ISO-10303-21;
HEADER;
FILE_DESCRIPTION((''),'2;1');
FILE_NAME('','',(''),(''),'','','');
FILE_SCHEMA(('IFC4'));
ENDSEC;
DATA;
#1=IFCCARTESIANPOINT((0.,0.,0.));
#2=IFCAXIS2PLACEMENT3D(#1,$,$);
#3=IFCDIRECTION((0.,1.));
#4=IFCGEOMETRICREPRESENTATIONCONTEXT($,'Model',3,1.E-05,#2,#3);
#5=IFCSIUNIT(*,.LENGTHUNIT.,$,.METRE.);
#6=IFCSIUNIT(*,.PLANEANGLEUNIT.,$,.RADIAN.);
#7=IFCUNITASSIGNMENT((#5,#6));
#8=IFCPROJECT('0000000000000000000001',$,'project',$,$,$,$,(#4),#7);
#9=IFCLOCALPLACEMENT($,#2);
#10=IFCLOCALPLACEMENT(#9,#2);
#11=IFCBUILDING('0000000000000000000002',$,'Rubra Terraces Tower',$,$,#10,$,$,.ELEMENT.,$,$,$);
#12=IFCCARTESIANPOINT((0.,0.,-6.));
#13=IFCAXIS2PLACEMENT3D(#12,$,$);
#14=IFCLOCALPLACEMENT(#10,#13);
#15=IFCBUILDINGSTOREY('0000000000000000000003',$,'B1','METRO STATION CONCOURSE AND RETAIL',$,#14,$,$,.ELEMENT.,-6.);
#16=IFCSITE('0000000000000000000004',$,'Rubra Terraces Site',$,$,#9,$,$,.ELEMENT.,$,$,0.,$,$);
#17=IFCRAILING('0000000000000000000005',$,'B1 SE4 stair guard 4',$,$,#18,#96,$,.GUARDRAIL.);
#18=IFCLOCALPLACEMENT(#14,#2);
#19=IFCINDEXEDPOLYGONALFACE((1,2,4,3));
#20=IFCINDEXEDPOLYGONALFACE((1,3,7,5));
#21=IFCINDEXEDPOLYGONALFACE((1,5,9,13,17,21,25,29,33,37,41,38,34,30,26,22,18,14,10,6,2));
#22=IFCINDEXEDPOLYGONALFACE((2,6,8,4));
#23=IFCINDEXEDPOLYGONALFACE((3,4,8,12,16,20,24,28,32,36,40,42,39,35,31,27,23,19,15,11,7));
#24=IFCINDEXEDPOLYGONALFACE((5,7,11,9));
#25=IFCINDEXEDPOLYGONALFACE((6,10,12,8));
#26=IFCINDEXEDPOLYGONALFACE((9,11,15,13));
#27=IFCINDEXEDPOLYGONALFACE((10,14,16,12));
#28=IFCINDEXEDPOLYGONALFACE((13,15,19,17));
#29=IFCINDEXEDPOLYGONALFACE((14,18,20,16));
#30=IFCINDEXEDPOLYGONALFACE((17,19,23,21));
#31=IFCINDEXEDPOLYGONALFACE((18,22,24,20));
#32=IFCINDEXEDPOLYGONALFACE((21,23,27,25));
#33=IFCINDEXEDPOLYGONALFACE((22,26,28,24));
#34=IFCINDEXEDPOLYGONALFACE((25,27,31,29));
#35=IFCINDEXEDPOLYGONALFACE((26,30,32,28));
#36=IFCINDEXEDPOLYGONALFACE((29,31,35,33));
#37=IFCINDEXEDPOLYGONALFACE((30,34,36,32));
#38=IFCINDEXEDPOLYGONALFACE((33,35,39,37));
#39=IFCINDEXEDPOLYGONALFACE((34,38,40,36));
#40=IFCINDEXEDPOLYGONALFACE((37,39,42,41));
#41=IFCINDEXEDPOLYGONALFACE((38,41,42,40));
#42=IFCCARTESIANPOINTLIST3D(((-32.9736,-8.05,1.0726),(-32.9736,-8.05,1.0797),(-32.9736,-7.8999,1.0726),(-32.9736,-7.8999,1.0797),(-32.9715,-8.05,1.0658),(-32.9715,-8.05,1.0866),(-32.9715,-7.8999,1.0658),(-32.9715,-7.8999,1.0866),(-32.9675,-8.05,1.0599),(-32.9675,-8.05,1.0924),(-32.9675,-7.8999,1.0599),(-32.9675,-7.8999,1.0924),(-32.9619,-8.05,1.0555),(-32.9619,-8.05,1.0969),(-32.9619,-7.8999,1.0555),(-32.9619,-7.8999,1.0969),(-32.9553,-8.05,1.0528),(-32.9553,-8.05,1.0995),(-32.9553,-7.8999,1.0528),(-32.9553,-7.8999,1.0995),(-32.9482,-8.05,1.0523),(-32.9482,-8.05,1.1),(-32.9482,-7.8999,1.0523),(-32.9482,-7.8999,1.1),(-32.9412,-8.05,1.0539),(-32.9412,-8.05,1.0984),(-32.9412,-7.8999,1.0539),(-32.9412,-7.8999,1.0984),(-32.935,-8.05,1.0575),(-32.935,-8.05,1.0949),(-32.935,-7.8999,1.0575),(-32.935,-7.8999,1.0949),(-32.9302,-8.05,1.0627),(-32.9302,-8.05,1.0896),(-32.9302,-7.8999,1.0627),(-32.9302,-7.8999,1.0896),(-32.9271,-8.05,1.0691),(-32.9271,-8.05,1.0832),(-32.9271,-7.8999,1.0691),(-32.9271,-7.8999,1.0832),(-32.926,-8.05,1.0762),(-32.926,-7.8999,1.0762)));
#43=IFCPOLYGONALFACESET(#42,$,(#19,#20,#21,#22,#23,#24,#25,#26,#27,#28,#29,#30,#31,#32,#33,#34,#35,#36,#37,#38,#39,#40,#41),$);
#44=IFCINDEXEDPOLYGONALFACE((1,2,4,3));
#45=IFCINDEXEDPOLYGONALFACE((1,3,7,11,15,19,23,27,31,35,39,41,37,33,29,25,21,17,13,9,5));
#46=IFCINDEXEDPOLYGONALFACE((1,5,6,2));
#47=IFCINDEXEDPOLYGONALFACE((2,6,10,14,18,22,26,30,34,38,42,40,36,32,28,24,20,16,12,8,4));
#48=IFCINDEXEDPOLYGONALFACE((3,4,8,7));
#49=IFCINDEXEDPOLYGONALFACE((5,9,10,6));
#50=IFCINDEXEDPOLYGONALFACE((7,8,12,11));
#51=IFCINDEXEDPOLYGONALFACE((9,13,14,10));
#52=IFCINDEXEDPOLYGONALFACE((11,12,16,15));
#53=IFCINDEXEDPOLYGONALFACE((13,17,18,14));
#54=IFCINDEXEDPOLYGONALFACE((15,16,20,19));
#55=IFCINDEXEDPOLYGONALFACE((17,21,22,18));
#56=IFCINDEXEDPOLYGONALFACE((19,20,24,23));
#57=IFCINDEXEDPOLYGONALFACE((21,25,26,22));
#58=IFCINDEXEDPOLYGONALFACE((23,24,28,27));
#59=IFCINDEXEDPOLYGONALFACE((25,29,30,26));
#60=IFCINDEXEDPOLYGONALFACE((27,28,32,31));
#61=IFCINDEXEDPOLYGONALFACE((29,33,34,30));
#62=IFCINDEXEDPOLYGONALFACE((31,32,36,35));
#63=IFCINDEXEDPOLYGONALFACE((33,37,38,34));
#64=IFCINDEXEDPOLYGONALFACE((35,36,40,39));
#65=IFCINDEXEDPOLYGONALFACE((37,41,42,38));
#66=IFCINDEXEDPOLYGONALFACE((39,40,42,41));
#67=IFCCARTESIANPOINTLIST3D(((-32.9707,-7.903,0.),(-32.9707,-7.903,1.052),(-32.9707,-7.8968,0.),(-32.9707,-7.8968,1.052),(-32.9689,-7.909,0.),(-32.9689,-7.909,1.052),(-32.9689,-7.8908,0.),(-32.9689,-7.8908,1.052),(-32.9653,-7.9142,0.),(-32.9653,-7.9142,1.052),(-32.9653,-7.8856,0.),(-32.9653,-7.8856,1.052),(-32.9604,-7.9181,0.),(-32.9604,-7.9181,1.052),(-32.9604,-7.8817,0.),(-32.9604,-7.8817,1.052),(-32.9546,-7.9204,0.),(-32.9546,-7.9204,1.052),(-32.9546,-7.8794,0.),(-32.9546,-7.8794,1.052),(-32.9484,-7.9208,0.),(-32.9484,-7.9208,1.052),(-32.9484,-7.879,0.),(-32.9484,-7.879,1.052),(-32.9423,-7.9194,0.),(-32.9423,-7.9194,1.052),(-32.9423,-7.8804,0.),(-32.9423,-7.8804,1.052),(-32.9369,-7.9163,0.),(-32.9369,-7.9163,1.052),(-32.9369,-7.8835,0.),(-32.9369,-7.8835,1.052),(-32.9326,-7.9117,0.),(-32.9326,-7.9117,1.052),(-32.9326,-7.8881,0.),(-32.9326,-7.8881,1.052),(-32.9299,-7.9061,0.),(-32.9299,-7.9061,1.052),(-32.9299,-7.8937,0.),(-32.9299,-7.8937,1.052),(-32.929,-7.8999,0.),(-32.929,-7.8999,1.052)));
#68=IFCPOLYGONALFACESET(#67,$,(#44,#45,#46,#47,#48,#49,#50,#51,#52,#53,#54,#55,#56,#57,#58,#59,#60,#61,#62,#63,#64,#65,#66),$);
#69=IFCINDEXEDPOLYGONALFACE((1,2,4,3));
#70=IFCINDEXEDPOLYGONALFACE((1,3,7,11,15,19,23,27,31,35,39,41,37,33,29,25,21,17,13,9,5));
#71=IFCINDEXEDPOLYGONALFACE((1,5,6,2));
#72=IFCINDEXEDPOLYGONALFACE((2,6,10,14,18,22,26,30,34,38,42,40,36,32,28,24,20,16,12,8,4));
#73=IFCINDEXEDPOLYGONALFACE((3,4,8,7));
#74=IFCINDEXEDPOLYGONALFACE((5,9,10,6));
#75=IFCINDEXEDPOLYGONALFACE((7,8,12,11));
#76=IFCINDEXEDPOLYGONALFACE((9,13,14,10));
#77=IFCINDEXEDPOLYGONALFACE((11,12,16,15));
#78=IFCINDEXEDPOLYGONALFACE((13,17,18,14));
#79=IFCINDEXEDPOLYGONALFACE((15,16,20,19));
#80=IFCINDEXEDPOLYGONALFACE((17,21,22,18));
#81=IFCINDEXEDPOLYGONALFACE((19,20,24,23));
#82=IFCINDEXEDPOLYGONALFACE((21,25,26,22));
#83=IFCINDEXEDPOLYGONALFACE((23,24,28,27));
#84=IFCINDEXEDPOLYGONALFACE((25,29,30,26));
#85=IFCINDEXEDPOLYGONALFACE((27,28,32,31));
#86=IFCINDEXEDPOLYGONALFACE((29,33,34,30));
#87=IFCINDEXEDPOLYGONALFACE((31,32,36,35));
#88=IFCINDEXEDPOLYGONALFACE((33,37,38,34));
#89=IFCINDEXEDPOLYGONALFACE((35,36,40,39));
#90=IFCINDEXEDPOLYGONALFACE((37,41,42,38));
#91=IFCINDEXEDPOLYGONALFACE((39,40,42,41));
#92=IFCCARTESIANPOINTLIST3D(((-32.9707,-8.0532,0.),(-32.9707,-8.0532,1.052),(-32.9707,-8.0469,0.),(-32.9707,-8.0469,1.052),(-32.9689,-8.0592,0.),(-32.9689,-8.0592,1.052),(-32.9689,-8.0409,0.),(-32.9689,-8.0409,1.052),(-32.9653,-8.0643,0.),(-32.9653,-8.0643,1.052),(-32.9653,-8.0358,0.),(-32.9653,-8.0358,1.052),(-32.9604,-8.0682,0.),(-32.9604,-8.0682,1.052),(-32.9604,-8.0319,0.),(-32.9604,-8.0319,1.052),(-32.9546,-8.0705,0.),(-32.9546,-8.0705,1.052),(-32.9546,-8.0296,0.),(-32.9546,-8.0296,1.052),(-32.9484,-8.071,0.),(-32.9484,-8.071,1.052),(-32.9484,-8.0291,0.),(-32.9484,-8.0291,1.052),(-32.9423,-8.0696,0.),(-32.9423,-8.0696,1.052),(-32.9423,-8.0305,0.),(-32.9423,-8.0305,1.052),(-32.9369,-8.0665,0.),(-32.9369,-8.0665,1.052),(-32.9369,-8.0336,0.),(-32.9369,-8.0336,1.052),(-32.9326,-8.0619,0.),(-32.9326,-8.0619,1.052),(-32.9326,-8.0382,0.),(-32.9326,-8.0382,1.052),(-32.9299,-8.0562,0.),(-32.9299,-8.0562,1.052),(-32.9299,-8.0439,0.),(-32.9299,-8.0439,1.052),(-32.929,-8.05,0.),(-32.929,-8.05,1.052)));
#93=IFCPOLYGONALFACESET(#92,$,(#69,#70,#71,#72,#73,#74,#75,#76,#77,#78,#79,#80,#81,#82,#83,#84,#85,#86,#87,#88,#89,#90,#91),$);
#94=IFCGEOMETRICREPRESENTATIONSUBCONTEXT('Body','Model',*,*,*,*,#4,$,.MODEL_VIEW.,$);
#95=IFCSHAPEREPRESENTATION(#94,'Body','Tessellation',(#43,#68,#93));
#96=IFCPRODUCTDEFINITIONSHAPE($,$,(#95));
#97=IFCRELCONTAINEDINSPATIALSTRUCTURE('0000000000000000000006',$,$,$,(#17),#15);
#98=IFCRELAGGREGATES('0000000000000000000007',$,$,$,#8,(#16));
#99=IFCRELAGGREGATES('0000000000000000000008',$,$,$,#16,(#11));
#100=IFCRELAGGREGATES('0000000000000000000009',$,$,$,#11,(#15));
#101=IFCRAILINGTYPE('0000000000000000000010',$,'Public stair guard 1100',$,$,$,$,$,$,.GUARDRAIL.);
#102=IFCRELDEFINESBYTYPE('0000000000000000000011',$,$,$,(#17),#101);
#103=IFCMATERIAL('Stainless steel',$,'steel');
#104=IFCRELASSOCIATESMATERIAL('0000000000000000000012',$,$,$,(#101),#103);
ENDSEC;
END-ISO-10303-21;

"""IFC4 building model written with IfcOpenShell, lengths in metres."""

from ifc_helpers import new_model, si_unit, direction, frame, origin, origin_2d, place, context, subcontext, project, spatial, circle, extrude, material, type_object, element, save


model = new_model("IFC4")

# Units and contexts
model_context = context("Model", 3, precision=1e-05, world=origin(), true_north=direction((0.0, 1.0)))
body_context = subcontext(model_context, "Body", "Model", "MODEL_VIEW")
ifc_project = project(units=[si_unit("LENGTHUNIT", "METRE"), si_unit("PLANEANGLEUNIT", "RADIAN")], contexts=[model_context])

# Site, building, storey
site_placement = place(None, origin())
site = spatial("IfcSite", under=ifc_project, at=site_placement, Name="Rubra Terraces Site", CompositionType="ELEMENT", RefElevation=0.0)
building_placement = place(site_placement, origin())
building = spatial("IfcBuilding", under=site, at=building_placement, Name="Rubra Terraces Tower", CompositionType="ELEMENT")
storey_placement = place(building_placement, frame((0.0, 0.0, -6.0)))
storey = spatial("IfcBuildingStorey", under=building, at=storey_placement, Name="B1", Description="METRO STATION CONCOURSE AND RETAIL", CompositionType="ELEMENT", Elevation=-6.0)

# Shared definitions
ifc_material_1 = material(Name="Stainless steel", Category="steel")

# Railing
railing_type_1 = type_object("IfcRailingType", Name="Public stair guard 1100", PredefinedType="GUARDRAIL", material=ifc_material_1)
railing_1_placement = place(storey_placement, frame((-32.95, -7.8999, 0.0)))
element("IfcRailing", 1, at=railing_1_placement, inside=storey, type_object=railing_type_1, Name="B1 SE4 stair guard 4", PredefinedType="GUARDRAIL", context=body_context, shape_type="SweptSolid", body=[
    extrude(circle(Radius=0.0239, at=origin_2d()), frame((0.0, 0.0, 1.0762), z_axis=(0.0, -1.0, 0.0), x_axis=(1.0, 0.0, 0.0)), (0.0, 0.0, 1.0), 0.1501),
    extrude(circle(Radius=0.021, at=origin_2d()), origin(), (0.0, 0.0, 1.0), 1.052),
    extrude(circle(Radius=0.021, at=origin_2d()), frame((0.0, -0.1501, 0.0)), (0.0, 0.0, 1.0), 1.052),
])

save(model, "model.ifc")
